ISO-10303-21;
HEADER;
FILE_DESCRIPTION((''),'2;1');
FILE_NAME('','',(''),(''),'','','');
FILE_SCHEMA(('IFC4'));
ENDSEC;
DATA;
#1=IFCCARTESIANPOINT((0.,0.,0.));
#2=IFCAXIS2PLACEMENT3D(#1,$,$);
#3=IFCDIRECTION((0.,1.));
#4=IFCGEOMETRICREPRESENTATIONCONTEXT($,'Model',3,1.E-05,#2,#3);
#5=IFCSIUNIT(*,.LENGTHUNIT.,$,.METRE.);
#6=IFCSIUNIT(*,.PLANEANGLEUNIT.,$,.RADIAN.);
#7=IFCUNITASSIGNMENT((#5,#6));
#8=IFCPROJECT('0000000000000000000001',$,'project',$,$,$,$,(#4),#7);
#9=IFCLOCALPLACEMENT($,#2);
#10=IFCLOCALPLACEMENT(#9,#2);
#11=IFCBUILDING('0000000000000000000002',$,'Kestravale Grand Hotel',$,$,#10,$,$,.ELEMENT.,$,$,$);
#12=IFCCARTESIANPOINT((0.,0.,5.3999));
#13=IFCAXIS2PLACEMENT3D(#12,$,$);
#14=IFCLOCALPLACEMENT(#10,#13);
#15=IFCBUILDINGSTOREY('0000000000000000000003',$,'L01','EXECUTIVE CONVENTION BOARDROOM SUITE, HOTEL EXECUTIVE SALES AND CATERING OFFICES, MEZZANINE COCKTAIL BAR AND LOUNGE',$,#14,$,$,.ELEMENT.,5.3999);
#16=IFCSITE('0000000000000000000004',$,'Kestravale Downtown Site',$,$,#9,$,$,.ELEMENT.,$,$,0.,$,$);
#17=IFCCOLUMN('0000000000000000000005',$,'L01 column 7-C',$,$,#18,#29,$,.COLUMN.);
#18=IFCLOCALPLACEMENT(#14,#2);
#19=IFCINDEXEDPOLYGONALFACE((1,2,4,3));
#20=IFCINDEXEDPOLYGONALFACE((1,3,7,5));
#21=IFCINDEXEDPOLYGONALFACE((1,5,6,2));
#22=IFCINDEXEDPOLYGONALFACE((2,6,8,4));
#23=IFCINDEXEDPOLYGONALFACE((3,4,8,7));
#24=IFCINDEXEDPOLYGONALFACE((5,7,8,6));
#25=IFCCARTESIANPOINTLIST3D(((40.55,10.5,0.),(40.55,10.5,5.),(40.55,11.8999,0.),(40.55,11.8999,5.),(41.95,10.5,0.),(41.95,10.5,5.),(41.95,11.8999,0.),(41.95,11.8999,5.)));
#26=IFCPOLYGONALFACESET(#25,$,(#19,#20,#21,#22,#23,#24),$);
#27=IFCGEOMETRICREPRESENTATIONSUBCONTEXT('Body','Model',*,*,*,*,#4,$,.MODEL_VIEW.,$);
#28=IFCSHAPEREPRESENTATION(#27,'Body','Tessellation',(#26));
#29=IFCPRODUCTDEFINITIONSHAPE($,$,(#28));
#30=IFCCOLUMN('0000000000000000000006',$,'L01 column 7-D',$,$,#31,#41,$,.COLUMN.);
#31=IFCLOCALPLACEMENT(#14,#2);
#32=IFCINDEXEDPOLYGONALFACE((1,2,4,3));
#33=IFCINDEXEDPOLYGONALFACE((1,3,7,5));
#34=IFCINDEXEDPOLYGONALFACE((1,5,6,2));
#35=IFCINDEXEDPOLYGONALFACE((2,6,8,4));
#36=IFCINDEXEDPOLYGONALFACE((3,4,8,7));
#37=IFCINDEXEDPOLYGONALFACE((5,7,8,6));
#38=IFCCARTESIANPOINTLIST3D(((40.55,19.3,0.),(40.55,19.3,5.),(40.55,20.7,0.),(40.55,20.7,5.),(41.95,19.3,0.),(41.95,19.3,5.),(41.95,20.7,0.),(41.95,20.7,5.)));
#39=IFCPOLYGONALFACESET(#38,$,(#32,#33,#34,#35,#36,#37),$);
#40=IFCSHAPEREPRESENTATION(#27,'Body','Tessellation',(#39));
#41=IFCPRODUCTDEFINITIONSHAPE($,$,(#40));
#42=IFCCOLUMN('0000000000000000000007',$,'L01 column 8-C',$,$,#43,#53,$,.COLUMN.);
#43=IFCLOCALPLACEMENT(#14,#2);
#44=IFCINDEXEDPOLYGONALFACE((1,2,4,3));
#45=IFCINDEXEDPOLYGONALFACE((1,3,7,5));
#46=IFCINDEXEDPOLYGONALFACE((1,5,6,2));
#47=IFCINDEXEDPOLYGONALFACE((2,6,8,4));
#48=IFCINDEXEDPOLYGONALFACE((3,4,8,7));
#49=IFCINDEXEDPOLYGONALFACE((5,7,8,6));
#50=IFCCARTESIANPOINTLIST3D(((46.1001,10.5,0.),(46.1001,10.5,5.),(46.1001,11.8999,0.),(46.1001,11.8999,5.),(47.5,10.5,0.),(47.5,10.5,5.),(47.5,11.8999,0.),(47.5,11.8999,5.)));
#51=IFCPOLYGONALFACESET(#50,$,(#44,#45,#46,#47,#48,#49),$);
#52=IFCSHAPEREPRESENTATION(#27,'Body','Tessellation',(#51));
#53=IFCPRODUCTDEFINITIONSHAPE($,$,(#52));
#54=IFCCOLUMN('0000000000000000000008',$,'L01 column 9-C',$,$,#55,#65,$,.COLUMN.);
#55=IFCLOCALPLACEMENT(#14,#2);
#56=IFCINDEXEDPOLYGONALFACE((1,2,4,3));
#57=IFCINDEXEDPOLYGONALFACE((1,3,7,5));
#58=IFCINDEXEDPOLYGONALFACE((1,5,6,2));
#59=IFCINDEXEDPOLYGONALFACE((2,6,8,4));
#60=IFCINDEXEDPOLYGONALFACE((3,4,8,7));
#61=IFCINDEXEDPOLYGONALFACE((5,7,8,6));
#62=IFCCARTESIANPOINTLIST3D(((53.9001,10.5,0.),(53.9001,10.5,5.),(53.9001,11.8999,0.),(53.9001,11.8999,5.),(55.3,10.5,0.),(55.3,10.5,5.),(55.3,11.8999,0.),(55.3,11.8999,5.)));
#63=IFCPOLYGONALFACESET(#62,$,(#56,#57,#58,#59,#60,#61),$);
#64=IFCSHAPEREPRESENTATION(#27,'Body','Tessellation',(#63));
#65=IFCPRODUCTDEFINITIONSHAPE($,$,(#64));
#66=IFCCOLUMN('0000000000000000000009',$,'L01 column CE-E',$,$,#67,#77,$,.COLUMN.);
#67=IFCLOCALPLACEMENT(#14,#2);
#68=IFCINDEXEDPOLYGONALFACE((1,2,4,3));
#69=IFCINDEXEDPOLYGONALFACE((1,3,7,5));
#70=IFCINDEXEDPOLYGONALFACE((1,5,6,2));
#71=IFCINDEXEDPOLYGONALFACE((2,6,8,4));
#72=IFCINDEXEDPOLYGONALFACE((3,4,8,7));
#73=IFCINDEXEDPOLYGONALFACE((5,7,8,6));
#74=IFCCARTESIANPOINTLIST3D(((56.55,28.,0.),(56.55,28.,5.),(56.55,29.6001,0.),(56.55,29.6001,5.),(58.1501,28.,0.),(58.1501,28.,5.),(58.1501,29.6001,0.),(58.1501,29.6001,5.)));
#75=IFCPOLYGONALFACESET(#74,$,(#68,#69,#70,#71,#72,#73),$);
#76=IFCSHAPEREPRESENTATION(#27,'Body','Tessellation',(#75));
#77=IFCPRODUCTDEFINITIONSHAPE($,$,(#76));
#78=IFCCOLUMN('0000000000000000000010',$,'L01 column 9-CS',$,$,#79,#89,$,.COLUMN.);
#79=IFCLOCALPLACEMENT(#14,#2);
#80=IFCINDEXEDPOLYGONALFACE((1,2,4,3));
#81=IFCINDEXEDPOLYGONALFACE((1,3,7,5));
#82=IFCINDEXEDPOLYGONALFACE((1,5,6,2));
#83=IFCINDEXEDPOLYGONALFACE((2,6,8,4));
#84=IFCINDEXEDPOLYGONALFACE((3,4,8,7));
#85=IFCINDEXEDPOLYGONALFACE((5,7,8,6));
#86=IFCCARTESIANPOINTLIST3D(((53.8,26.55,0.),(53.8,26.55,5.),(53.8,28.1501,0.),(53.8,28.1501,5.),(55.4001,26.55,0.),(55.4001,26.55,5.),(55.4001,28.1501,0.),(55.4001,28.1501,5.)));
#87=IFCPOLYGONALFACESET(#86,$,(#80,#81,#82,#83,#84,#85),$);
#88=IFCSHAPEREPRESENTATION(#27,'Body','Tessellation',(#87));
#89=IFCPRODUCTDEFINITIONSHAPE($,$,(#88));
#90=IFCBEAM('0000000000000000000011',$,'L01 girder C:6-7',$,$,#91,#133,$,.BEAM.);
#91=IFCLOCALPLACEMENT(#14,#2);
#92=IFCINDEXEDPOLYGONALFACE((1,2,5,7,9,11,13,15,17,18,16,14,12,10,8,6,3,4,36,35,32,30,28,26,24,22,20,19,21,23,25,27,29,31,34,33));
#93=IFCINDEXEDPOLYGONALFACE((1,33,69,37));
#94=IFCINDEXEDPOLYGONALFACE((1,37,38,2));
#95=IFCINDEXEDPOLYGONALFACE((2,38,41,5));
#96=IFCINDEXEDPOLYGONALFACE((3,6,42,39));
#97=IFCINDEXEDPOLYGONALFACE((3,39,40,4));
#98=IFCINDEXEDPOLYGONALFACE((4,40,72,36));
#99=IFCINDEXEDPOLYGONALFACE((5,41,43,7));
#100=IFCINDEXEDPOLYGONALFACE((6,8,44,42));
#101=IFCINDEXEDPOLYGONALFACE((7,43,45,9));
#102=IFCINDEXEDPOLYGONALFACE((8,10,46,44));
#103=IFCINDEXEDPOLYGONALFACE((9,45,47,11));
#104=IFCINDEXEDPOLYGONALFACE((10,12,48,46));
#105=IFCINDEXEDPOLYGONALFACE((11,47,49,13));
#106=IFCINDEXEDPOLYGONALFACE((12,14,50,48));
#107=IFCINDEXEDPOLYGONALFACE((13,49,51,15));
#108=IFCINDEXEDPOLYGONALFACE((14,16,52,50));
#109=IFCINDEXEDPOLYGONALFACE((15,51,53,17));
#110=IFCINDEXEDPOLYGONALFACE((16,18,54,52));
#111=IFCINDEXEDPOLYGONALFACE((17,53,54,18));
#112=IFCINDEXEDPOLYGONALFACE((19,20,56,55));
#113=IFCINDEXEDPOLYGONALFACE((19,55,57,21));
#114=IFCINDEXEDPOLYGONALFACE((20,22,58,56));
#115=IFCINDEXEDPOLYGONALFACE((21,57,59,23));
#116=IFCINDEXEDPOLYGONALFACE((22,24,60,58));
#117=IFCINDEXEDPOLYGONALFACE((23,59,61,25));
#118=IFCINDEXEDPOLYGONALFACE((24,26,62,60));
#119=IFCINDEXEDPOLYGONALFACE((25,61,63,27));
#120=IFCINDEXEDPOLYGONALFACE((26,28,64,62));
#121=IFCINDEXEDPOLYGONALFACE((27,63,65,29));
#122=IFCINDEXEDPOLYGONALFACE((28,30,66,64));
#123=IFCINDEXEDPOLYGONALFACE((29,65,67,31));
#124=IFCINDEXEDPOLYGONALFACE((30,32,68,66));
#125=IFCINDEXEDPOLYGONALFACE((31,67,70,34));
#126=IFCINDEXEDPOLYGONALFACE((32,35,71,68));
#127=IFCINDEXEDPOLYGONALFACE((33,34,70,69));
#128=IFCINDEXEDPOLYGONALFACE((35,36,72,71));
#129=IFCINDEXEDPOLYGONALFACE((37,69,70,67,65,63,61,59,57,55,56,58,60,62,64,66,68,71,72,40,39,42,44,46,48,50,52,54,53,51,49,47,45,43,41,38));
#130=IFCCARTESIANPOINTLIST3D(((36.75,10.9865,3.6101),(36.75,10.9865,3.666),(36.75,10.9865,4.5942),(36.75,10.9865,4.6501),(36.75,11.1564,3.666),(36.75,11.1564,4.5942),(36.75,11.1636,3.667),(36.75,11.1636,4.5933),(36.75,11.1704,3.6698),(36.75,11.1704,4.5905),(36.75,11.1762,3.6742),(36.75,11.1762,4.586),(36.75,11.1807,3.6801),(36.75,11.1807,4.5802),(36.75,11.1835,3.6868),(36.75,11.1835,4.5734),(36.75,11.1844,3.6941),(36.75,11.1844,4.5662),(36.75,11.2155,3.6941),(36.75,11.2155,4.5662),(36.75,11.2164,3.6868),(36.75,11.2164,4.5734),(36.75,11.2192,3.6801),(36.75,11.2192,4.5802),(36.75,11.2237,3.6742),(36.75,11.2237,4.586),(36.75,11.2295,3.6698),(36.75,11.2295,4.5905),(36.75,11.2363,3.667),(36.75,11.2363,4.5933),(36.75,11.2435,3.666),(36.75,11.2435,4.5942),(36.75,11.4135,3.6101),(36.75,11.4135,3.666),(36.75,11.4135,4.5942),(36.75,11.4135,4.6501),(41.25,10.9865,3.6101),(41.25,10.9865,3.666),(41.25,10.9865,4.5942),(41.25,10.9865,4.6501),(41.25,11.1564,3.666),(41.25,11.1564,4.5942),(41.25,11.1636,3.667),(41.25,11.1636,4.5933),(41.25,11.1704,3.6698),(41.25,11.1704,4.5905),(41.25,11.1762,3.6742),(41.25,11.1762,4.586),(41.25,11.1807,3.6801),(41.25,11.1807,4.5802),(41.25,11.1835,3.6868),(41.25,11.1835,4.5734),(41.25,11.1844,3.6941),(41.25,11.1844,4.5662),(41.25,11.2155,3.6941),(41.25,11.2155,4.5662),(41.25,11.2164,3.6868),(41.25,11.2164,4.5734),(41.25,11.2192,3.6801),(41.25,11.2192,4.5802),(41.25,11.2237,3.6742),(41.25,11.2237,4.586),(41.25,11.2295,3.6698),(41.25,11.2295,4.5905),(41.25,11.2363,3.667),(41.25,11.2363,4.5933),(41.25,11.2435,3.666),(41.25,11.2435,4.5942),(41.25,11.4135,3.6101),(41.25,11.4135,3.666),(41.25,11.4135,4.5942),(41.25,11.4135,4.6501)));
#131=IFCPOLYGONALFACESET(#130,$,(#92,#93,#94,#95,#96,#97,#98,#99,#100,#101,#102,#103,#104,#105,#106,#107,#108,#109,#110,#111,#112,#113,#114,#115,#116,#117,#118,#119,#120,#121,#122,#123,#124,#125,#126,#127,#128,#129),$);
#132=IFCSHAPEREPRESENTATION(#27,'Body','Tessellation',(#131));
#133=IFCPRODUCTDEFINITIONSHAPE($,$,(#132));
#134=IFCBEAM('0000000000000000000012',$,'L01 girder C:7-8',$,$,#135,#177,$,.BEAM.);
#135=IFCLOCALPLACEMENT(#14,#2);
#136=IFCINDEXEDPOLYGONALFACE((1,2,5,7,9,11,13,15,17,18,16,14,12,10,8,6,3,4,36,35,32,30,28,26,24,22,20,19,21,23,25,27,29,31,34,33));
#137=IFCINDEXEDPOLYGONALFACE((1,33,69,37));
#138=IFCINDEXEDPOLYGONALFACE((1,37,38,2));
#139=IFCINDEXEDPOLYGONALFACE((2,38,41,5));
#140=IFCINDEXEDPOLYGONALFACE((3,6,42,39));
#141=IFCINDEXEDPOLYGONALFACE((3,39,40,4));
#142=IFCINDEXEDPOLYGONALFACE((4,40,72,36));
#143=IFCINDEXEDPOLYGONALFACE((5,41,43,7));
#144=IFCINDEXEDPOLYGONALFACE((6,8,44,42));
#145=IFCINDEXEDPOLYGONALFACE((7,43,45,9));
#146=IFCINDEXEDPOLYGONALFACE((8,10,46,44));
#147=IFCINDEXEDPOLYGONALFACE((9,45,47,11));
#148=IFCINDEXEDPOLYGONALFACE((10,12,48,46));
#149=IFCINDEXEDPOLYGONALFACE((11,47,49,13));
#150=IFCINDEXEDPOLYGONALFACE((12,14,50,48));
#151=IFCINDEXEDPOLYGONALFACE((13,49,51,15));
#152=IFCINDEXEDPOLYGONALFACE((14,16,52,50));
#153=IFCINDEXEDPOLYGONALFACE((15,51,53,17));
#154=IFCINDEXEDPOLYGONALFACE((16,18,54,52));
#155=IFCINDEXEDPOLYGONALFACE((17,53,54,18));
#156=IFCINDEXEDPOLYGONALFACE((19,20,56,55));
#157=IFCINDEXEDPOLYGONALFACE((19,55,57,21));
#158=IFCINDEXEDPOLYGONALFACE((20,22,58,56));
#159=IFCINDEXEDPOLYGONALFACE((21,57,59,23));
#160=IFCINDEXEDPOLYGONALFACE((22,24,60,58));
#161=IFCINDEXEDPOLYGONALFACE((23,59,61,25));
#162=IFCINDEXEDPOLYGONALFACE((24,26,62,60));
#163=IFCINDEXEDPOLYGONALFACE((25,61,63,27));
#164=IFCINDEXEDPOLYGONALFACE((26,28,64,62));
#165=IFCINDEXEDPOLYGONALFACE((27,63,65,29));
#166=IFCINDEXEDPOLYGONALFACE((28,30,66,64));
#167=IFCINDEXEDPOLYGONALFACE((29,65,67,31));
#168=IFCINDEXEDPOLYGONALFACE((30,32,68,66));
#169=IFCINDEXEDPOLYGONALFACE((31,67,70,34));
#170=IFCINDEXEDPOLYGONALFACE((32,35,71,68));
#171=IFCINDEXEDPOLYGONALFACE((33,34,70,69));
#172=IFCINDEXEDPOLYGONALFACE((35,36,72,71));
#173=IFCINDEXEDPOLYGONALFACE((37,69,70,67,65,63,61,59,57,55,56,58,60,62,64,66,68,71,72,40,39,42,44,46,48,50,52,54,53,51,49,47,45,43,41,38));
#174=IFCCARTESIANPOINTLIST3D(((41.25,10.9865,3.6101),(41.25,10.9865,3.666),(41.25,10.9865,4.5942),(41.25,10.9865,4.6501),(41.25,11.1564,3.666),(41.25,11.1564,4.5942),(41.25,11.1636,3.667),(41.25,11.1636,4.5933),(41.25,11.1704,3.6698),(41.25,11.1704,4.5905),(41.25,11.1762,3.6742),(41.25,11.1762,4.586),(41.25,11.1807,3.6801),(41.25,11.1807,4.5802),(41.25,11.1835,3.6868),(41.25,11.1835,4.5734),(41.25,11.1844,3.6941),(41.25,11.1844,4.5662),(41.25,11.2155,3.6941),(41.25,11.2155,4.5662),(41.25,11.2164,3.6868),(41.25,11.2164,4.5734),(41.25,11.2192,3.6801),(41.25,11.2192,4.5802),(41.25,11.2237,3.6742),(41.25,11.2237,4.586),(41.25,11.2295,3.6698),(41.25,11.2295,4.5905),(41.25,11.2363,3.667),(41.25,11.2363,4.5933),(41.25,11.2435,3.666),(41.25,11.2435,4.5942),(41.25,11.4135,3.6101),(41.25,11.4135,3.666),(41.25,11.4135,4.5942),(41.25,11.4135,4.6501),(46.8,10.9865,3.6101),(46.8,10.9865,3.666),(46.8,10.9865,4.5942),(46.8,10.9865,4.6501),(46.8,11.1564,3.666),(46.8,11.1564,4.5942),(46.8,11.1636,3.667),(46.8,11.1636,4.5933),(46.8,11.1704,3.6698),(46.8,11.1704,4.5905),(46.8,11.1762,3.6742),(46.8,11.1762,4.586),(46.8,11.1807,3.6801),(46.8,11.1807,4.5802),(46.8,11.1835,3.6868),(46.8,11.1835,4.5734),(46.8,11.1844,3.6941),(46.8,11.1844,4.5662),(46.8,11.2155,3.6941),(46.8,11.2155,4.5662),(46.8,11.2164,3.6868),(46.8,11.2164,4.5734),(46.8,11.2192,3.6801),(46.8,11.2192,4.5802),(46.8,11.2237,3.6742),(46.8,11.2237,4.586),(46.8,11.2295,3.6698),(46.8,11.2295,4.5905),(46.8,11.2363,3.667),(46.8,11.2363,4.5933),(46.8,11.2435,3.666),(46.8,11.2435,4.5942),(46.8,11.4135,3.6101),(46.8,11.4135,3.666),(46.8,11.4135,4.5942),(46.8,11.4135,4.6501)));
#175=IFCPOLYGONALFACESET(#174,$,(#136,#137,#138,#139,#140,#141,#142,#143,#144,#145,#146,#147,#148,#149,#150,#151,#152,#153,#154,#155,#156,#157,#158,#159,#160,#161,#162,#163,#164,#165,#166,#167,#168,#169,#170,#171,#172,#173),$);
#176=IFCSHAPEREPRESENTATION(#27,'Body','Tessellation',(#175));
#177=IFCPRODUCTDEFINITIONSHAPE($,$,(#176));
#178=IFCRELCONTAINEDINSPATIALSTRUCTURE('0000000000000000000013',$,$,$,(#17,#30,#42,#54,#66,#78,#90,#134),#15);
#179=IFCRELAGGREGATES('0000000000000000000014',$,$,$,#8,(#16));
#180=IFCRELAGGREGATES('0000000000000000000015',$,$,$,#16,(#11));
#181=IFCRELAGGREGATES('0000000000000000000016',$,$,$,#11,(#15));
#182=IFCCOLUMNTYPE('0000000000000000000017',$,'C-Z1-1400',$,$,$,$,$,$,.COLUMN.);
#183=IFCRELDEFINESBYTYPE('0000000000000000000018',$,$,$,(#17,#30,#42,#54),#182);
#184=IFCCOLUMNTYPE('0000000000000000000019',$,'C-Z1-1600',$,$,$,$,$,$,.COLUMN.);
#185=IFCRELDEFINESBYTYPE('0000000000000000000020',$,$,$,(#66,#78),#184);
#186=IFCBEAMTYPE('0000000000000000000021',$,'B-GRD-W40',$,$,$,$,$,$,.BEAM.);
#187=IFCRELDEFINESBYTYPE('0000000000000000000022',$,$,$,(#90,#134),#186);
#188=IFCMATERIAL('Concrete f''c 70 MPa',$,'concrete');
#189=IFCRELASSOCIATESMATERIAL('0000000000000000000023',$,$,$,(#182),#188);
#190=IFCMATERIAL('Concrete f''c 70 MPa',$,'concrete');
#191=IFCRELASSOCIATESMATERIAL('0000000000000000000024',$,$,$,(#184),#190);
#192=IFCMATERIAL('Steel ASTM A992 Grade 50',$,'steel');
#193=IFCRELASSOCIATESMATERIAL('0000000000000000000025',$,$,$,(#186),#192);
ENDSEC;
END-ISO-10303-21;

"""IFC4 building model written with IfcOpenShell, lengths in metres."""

from ifc_helpers import new_model, si_unit, direction, frame, origin, origin_2d, place, context, subcontext, project, spatial, rectangle, i_section, extrude, material, material_profile, profile_set, type_object, element, save


model = new_model("IFC4")

# Units and contexts
model_context = context("Model", 3, precision=1e-05, world=origin(), true_north=direction((0.0, 1.0)))
body_context = subcontext(model_context, "Body", "Model", "MODEL_VIEW")
ifc_project = project(units=[si_unit("LENGTHUNIT", "METRE"), si_unit("PLANEANGLEUNIT", "RADIAN")], contexts=[model_context])

# Site, building, storey
site_placement = place(None, origin())
site = spatial("IfcSite", under=ifc_project, at=site_placement, Name="Kestravale Downtown Site", CompositionType="ELEMENT", RefElevation=0.0)
building_placement = place(site_placement, origin())
building = spatial("IfcBuilding", under=site, at=building_placement, Name="Kestravale Grand Hotel", CompositionType="ELEMENT")
storey_placement = place(building_placement, frame((0.0, 0.0, 5.3999)))
storey = spatial("IfcBuildingStorey", under=building, at=storey_placement, Name="L01", Description="EXECUTIVE CONVENTION BOARDROOM SUITE, HOTEL EXECUTIVE SALES AND CATERING OFFICES, MEZZANINE COCKTAIL BAR AND LOUNGE", CompositionType="ELEMENT", Elevation=5.3999)

# Columns
ifc_material_1 = material(Name="Concrete f'c 70 MPa", Category="concrete")
ifc_material_profile_1 = material_profile(ifc_material_1, rectangle(XDim=1.3999, YDim=1.3999, at=origin_2d()))
ifc_profile_set_1 = profile_set([ifc_material_profile_1], Name="Concrete f'c 70 MPa")
column_type_1 = type_object("IfcColumnType", Name="C-Z1-1400", PredefinedType="COLUMN", material=ifc_profile_set_1)
for number, where, z_axis, x_axis, name in (
    (1, (41.25, 11.2, 0.0), (0.0, 0.0, 1.0), (1.0, 0.0, 0.0), "L01 column 7-C"),
    (2, (41.25, 20.0, 0.0), (0.0, 0.0, 1.0), (1.0, 0.0, 0.0), "L01 column 7-D"),
    (3, (46.8, 11.2, 0.0), (0.0, 0.0, 1.0), (1.0, 0.0, 0.0), "L01 column 8-C"),
    (4, (54.6001, 11.2, 0.0), (0.0, 0.0, 1.0), (1.0, 0.0, 0.0), "L01 column 9-C"),
):
    element("IfcColumn", number, at=place(storey_placement, frame(where, z_axis=z_axis, x_axis=x_axis)), inside=storey, type_object=column_type_1, Name=name, PredefinedType="COLUMN", context=body_context, shape_type="SweptSolid", body=[
        extrude(rectangle(XDim=1.3999, YDim=1.3999, at=origin_2d()), origin(), (0.0, 0.0, 1.0), 5.0),
    ])
ifc_material_2 = material(Name="Concrete f'c 70 MPa", Category="concrete")
ifc_material_profile_2 = material_profile(ifc_material_2, rectangle(XDim=1.6001, YDim=1.6001, at=origin_2d()))
ifc_profile_set_2 = profile_set([ifc_material_profile_2], Name="Concrete f'c 70 MPa")
column_type_2 = type_object("IfcColumnType", Name="C-Z1-1600", PredefinedType="COLUMN", material=ifc_profile_set_2)
for number, where, z_axis, x_axis, name in (
    (5, (57.3501, 28.8, 0.0), (0.0, 0.0, 1.0), (1.0, 0.0, 0.0), "L01 column CE-E"),
    (6, (54.6001, 27.3501, 0.0), (0.0, 0.0, 1.0), (1.0, 0.0, 0.0), "L01 column 9-CS"),
):
    element("IfcColumn", number, at=place(storey_placement, frame(where, z_axis=z_axis, x_axis=x_axis)), inside=storey, type_object=column_type_2, Name=name, PredefinedType="COLUMN", context=body_context, shape_type="SweptSolid", body=[
        extrude(rectangle(XDim=1.6001, YDim=1.6001, at=origin_2d()), origin(), (0.0, 0.0, 1.0), 5.0),
    ])

# Beams
ifc_material_3 = material(Name="Steel ASTM A992 Grade 50", Category="steel")
ifc_material_profile_3 = material_profile(ifc_material_3, i_section(OverallWidth=0.427, OverallDepth=1.04, WebThickness=0.031, FlangeThickness=0.0559, FilletRadius=0.0281, at=origin_2d()))
ifc_profile_set_3 = profile_set([ifc_material_profile_3], Name="Steel ASTM A992 Grade 50")
beam_type = type_object("IfcBeamType", Name="B-GRD-W40", PredefinedType="BEAM", material=ifc_profile_set_3)
beam_1_placement = place(storey_placement, frame((36.75, 11.2, 4.1301), z_axis=(1.0, 0.0, 0.0), x_axis=(0.0, 1.0, 0.0)))
element("IfcBeam", 7, at=beam_1_placement, inside=storey, type_object=beam_type, Name="L01 girder C:6-7", PredefinedType="BEAM", context=body_context, shape_type="SweptSolid", body=[
    extrude(i_section(OverallWidth=0.427, OverallDepth=1.04, WebThickness=0.031, FlangeThickness=0.0559, FilletRadius=0.0281, at=origin_2d()), origin(), (0.0, 0.0, 1.0), 4.5),
])
beam_2_placement = place(storey_placement, frame((41.25, 11.2, 4.1301), z_axis=(1.0, 0.0, 0.0), x_axis=(0.0, 1.0, 0.0)))
element("IfcBeam", 8, at=beam_2_placement, inside=storey, type_object=beam_type, Name="L01 girder C:7-8", PredefinedType="BEAM", context=body_context, shape_type="SweptSolid", body=[
    extrude(i_section(OverallWidth=0.427, OverallDepth=1.04, WebThickness=0.031, FlangeThickness=0.0559, FilletRadius=0.0281, at=origin_2d()), origin(), (0.0, 0.0, 1.0), 5.55),
])

save(model, "model.ifc")
